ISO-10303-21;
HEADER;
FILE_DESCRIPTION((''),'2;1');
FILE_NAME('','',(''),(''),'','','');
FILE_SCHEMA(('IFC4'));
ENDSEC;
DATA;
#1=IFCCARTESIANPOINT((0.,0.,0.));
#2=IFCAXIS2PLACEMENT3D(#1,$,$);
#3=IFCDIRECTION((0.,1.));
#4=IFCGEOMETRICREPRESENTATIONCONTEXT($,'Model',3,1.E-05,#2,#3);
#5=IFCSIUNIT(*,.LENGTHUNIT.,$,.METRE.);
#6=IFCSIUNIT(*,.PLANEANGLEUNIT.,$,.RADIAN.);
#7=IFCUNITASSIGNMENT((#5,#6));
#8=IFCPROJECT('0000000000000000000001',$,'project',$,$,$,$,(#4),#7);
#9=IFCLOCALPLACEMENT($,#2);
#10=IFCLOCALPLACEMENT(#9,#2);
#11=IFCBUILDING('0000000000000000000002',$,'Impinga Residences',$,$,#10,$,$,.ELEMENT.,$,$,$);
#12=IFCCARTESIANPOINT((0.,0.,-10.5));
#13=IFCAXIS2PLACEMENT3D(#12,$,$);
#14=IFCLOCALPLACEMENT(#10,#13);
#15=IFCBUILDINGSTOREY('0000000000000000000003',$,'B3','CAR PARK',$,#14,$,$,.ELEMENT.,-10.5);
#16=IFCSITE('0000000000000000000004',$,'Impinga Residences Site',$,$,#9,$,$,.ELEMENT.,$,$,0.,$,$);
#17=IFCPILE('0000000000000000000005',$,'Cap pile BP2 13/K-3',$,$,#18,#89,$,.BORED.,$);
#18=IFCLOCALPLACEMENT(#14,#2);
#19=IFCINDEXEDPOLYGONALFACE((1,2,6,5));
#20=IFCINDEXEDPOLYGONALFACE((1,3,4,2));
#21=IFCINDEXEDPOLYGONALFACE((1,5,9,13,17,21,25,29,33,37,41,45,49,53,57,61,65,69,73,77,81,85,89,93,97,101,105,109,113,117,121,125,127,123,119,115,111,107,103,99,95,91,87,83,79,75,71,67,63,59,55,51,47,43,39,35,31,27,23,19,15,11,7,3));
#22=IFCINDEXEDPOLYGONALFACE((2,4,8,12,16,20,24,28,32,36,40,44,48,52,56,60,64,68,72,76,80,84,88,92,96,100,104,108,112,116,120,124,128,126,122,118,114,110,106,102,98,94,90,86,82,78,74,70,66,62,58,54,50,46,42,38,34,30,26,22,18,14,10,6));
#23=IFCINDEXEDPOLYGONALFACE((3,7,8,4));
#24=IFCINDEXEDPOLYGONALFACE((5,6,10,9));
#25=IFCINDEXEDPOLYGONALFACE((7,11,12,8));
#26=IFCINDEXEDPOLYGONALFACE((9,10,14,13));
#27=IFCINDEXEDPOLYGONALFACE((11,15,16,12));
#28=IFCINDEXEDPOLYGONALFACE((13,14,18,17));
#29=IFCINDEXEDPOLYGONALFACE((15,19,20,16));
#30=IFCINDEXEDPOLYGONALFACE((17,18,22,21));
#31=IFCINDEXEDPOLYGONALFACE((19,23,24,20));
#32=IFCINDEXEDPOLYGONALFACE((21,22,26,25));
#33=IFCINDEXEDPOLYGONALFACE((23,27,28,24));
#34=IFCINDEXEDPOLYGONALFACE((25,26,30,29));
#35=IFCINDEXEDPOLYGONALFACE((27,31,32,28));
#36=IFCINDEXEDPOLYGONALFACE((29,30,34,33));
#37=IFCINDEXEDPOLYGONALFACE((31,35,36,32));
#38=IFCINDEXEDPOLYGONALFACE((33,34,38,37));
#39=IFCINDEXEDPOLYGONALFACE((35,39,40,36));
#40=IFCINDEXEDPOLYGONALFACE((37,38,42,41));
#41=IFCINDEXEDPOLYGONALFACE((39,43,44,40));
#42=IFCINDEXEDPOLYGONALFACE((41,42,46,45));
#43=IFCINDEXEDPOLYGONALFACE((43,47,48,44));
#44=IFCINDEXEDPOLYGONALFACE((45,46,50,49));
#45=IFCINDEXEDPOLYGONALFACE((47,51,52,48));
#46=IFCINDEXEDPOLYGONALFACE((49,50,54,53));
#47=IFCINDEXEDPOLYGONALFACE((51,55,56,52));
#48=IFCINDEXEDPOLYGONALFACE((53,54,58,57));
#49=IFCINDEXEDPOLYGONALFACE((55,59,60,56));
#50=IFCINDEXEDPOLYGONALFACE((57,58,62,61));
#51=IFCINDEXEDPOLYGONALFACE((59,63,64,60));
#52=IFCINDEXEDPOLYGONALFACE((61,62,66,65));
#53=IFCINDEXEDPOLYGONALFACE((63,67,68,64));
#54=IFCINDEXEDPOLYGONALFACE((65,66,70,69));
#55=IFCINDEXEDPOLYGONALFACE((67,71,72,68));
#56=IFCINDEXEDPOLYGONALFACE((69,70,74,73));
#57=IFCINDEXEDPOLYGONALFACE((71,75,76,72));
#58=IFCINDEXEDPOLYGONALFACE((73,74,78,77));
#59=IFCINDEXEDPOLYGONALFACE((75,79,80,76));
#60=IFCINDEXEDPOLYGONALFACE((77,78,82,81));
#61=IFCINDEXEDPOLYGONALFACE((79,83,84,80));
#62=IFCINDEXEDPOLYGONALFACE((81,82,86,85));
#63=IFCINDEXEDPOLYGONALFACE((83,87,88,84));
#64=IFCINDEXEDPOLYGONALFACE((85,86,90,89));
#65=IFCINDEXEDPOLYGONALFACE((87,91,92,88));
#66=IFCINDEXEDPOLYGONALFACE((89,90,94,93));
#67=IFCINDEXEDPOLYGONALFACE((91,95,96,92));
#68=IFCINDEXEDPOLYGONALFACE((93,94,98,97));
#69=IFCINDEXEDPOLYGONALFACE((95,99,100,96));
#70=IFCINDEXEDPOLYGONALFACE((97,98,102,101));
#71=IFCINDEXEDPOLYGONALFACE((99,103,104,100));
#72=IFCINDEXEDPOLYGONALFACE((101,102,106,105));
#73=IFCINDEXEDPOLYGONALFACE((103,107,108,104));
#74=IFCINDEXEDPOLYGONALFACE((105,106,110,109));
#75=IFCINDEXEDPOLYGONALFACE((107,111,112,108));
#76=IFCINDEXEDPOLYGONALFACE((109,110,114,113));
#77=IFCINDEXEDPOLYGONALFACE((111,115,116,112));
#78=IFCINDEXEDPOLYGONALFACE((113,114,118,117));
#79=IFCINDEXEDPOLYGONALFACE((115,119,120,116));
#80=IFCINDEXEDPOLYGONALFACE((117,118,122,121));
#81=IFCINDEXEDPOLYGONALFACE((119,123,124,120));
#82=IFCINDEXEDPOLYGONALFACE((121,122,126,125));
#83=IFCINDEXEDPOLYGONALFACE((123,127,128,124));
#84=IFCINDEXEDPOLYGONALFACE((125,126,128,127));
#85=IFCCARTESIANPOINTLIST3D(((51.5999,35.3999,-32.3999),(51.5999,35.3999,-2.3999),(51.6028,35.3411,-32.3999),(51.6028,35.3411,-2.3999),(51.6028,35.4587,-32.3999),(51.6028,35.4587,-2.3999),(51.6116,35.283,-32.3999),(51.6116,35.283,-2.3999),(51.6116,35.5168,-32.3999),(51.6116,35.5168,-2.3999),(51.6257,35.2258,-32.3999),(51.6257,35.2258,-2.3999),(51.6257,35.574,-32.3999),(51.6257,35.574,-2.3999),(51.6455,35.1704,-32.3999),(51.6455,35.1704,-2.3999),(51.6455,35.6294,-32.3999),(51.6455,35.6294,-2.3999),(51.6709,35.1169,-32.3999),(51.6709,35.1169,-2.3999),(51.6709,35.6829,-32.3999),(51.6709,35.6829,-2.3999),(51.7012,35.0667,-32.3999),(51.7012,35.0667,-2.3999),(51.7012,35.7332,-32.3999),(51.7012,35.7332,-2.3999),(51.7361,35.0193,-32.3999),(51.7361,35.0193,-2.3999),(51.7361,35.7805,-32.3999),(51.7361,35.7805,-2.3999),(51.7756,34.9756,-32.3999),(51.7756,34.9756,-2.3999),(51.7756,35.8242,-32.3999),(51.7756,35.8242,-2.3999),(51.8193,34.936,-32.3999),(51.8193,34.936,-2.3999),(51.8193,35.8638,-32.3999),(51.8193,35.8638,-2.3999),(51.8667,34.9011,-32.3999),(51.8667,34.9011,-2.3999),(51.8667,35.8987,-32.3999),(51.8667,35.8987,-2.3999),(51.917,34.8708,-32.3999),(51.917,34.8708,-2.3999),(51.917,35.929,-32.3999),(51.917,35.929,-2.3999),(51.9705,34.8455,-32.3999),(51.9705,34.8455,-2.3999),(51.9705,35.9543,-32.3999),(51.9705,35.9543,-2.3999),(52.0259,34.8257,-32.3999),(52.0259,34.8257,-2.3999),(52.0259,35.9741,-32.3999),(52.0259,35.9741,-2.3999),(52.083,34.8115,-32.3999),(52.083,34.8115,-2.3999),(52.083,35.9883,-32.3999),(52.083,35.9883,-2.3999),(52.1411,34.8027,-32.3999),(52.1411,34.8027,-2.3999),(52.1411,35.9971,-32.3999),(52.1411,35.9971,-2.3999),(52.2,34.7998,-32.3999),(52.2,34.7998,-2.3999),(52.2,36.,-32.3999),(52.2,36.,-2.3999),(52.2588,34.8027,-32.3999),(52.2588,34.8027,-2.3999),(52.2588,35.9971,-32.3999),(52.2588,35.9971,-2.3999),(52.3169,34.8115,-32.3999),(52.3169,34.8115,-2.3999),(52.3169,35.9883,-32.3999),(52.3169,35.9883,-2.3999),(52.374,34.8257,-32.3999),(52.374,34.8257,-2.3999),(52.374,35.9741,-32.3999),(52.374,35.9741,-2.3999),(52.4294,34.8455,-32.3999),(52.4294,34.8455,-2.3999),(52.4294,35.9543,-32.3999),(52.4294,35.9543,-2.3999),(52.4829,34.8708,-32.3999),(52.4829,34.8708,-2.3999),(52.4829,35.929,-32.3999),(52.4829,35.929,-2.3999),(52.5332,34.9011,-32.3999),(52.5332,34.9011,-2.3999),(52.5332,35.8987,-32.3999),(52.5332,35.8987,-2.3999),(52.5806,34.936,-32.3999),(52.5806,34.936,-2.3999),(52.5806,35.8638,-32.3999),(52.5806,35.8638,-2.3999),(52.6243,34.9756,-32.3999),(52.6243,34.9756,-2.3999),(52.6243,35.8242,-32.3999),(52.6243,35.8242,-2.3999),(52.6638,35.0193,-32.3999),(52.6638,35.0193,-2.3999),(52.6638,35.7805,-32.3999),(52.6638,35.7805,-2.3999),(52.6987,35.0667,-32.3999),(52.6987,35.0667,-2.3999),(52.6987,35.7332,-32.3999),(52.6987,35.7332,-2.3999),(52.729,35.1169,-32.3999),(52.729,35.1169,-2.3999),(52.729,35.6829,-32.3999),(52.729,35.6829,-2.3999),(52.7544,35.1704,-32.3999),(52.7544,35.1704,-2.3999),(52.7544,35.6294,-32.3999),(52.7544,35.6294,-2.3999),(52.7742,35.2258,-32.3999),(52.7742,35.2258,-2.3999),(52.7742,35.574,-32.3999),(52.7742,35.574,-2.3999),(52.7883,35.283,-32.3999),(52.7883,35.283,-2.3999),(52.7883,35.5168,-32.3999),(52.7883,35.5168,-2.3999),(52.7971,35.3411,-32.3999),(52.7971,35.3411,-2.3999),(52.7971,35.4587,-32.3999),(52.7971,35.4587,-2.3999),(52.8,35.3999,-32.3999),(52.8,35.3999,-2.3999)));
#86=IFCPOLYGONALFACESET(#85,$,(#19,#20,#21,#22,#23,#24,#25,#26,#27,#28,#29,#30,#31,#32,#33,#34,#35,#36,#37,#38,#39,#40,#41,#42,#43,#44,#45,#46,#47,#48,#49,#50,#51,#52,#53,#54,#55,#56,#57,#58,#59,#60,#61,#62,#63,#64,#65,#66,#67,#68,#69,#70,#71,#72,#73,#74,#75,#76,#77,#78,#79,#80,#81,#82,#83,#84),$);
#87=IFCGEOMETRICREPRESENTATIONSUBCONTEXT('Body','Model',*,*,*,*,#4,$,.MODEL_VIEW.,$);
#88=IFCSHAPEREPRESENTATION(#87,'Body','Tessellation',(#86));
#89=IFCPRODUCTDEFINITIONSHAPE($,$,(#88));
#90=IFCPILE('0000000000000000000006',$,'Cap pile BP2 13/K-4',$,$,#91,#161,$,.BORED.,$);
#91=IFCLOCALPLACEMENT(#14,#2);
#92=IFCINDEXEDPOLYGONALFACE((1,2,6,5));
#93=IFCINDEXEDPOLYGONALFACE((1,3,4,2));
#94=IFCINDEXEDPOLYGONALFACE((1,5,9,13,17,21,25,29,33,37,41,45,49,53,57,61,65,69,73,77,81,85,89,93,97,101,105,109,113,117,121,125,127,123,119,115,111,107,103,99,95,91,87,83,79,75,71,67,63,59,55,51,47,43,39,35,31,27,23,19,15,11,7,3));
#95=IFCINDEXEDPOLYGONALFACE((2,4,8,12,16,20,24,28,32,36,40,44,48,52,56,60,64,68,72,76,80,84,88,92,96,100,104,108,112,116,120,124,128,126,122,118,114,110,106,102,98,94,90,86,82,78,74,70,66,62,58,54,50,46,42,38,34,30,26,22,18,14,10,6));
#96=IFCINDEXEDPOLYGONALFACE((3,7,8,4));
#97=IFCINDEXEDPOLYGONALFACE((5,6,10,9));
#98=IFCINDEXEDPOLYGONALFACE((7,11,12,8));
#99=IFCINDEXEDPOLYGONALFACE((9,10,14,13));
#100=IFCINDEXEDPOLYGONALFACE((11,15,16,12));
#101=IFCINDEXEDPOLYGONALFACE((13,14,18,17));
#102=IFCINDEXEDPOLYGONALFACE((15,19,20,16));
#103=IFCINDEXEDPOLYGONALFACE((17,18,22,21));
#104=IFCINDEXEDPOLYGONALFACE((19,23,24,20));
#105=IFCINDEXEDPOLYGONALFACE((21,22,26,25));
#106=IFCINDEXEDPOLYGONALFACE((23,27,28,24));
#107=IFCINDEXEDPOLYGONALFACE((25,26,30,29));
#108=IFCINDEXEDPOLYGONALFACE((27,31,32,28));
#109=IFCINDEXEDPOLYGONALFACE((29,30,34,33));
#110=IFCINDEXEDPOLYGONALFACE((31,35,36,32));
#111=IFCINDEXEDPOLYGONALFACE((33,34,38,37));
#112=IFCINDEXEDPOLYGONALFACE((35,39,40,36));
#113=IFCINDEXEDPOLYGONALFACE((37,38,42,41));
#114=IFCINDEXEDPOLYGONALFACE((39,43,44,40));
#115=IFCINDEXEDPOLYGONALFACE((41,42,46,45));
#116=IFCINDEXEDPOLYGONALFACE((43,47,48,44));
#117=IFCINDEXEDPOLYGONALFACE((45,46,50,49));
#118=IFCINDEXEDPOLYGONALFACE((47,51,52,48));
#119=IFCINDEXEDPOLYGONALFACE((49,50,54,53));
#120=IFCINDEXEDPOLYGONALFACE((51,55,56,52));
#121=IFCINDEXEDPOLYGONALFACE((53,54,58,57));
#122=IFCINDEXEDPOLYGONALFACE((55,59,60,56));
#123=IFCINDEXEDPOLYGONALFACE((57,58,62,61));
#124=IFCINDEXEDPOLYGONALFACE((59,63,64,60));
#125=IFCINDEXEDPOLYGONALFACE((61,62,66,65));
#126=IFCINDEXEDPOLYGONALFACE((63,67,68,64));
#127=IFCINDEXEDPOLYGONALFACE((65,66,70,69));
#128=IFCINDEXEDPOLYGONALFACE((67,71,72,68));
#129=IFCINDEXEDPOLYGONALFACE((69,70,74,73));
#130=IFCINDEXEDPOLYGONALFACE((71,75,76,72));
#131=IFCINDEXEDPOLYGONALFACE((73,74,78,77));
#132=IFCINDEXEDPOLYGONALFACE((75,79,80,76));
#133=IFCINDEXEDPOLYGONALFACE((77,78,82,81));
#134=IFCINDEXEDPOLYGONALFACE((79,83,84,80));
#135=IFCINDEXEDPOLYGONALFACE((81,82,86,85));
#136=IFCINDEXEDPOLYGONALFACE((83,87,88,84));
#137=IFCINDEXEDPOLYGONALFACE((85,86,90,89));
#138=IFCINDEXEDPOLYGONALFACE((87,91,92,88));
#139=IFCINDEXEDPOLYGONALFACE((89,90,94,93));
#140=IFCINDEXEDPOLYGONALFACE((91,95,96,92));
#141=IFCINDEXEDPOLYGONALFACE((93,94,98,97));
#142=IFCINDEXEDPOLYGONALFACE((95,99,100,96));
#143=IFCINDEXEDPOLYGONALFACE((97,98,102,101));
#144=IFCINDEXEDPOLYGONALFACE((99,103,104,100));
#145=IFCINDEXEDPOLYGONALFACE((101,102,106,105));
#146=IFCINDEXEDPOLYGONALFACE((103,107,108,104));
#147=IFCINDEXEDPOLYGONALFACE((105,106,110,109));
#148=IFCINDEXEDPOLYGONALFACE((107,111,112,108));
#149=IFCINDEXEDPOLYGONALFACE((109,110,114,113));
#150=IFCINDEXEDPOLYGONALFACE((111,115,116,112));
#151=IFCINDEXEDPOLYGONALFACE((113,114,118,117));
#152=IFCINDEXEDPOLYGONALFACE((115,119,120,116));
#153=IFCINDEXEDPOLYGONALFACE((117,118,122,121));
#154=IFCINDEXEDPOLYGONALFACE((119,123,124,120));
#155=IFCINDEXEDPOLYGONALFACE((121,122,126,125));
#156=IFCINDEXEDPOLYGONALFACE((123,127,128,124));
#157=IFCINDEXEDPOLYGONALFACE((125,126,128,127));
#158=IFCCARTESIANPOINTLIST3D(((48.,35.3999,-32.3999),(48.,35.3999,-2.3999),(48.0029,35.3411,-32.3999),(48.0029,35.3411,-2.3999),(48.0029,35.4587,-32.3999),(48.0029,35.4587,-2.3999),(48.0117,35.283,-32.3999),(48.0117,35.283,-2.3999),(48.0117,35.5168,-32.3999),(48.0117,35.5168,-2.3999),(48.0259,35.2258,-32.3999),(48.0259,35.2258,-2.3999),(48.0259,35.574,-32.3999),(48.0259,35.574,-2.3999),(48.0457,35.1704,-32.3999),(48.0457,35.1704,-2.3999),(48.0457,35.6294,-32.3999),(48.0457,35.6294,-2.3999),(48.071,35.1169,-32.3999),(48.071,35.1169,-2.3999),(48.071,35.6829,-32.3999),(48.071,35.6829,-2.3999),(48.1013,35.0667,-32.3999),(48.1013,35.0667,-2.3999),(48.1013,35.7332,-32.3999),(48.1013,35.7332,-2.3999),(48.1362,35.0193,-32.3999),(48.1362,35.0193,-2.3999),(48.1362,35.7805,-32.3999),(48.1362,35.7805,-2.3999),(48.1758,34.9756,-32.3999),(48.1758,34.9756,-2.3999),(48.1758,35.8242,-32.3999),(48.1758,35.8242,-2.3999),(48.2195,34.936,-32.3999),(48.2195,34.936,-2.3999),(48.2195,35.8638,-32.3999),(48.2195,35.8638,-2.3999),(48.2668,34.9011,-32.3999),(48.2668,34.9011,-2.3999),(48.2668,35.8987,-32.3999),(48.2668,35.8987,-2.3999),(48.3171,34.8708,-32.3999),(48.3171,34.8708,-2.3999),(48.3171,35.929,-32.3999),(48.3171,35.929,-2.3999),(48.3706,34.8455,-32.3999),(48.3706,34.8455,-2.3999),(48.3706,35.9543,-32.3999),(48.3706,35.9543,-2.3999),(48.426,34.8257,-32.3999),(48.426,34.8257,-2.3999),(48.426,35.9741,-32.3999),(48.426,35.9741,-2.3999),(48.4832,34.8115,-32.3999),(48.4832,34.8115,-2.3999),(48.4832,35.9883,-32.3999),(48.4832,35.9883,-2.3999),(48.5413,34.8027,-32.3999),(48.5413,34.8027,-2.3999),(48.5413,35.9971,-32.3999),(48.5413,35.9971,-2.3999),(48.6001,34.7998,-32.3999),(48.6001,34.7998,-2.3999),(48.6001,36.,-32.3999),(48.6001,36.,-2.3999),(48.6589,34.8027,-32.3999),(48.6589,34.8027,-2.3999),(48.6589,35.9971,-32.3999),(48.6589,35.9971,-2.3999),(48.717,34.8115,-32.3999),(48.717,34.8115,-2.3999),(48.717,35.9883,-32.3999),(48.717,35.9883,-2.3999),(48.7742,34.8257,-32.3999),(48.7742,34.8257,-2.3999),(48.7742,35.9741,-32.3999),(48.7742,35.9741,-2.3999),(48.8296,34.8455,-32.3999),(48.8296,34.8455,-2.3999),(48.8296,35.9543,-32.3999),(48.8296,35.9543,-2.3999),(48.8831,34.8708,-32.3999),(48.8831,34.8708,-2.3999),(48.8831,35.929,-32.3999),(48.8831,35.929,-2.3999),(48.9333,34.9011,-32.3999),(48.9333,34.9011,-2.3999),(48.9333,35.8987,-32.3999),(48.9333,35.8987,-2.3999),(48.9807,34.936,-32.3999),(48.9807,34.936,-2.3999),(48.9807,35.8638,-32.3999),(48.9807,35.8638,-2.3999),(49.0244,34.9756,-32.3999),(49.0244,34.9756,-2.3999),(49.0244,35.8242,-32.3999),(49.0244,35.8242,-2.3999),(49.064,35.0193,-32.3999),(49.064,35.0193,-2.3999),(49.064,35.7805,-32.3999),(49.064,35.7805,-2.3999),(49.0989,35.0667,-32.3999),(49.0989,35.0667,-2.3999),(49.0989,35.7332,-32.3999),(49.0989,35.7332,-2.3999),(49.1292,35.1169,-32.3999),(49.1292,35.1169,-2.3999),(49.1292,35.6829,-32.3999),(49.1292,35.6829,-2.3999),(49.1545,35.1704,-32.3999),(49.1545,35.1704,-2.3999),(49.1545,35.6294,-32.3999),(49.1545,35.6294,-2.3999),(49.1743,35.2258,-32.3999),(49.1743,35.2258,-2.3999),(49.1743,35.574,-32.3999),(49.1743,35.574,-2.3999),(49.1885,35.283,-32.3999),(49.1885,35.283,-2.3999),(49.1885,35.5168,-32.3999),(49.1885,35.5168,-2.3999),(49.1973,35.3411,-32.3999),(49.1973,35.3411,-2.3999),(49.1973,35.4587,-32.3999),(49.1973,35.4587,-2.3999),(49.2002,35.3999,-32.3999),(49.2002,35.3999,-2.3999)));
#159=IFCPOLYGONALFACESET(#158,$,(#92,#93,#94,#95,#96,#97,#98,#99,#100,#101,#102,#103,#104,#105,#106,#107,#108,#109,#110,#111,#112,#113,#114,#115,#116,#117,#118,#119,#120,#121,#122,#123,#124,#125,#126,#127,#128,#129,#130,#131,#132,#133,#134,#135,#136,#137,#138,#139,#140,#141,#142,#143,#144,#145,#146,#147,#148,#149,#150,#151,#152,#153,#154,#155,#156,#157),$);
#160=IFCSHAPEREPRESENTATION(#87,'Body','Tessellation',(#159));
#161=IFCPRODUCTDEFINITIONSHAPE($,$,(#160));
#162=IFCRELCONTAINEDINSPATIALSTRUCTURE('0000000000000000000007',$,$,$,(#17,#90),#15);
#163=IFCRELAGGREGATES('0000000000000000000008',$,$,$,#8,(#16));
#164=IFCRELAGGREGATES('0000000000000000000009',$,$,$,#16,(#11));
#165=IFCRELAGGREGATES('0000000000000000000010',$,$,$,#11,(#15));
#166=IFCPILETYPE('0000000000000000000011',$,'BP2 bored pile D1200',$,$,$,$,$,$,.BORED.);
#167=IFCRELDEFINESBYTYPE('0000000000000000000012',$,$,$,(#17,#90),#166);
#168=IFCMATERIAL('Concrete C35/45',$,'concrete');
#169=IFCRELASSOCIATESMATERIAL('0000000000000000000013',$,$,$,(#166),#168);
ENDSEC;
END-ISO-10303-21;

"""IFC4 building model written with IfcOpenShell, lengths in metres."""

from ifc_helpers import new_model, si_unit, direction, frame, origin, origin_2d, place, context, subcontext, project, spatial, polyline, circle, outline, extrude, material, material_profile, profile_set, type_object, element, save


model = new_model("IFC4")

# Units and contexts
model_context = context("Model", 3, precision=1e-05, world=origin(), true_north=direction((0.0, 1.0)))
body_context = subcontext(model_context, "Body", "Model", "MODEL_VIEW")
ifc_project = project(units=[si_unit("LENGTHUNIT", "METRE"), si_unit("PLANEANGLEUNIT", "RADIAN")], contexts=[model_context])

# Site, building, storey
site_placement = place(None, origin())
site = spatial("IfcSite", under=ifc_project, at=site_placement, Name="Impinga Residences Site", CompositionType="ELEMENT", RefElevation=0.0)
building_placement = place(site_placement, origin())
building = spatial("IfcBuilding", under=site, at=building_placement, Name="Impinga Residences", CompositionType="ELEMENT")
storey_placement = place(building_placement, frame((0.0, 0.0, -10.5)))
storey = spatial("IfcBuildingStorey", under=building, at=storey_placement, Name="B3", Description="CAR PARK", CompositionType="ELEMENT", Elevation=-10.5)

# Piles
ifc_material_1 = material(Name="Concrete C35/45", Category="concrete")
ifc_material_profile_1 = material_profile(ifc_material_1, circle(Radius=0.6001, at=origin_2d()), Name="D1200")
ifc_profile_set_1 = profile_set([ifc_material_profile_1], Name="Concrete C35/45")
pile_type = type_object("IfcPileType", Name="BP2 bored pile D1200", PredefinedType="BORED", material=ifc_profile_set_1)
pile_1_placement = place(storey_placement, frame((52.2, 35.3999, -2.3999), z_axis=(0.0, 0.0, -1.0), x_axis=(1.0, 0.0, 0.0)))
element("IfcPile", 1, at=pile_1_placement, inside=storey, type_object=pile_type, Name="Cap pile BP2 13/K-3", PredefinedType="BORED", context=body_context, shape_type="SweptSolid", body=[
    extrude(outline(polyline([(0.6001, 0.0), (0.5972, 0.0588), (0.5884, 0.1169), (0.5742, 0.1741), (0.5544, 0.2295), (0.5291, 0.283), (0.4988, 0.3333), (0.4639, 0.3806), (0.4243, 0.4243), (0.3806, 0.4639), (0.3333, 0.4988), (0.283, 0.5291), (0.2295, 0.5544), (0.1741, 0.5742), (0.1169, 0.5884), (0.0588, 0.5972), (0.0, 0.6001), (-0.0588, 0.5972), (-0.1169, 0.5884), (-0.1741, 0.5742), (-0.2295, 0.5544), (-0.283, 0.5291), (-0.3333, 0.4988), (-0.3806, 0.4639), (-0.4243, 0.4243), (-0.4639, 0.3806), (-0.4988, 0.3333), (-0.5291, 0.283), (-0.5544, 0.2295), (-0.5742, 0.1741), (-0.5884, 0.1169), (-0.5972, 0.0588), (-0.6001, 0.0), (-0.5972, -0.0588), (-0.5884, -0.1169), (-0.5742, -0.1741), (-0.5544, -0.2295), (-0.5291, -0.283), (-0.4988, -0.3333), (-0.4639, -0.3806), (-0.4243, -0.4243), (-0.3806, -0.4639), (-0.3333, -0.4988), (-0.283, -0.5291), (-0.2295, -0.5544), (-0.1741, -0.5742), (-0.1169, -0.5884), (-0.0588, -0.5972), (0.0, -0.6001), (0.0588, -0.5972), (0.1169, -0.5884), (0.1741, -0.5742), (0.2295, -0.5544), (0.283, -0.5291), (0.3333, -0.4988), (0.3806, -0.4639), (0.4243, -0.4243), (0.4639, -0.3806), (0.4988, -0.3333), (0.5291, -0.283), (0.5544, -0.2295), (0.5742, -0.1741), (0.5884, -0.1169), (0.5972, -0.0588), (0.6001, 0.0)])), origin(), (0.0, 0.0, 1.0), 30.0),
])
pile_2_placement = place(storey_placement, frame((48.6001, 35.3999, -2.3999), z_axis=(0.0, 0.0, -1.0), x_axis=(1.0, 0.0, 0.0)))
element("IfcPile", 2, at=pile_2_placement, inside=storey, type_object=pile_type, Name="Cap pile BP2 13/K-4", PredefinedType="BORED", context=body_context, shape_type="SweptSolid", body=[
    extrude(outline(polyline([(0.6001, 0.0), (0.5972, 0.0588), (0.5884, 0.1169), (0.5742, 0.1741), (0.5544, 0.2295), (0.5291, 0.283), (0.4988, 0.3333), (0.4639, 0.3806), (0.4243, 0.4243), (0.3806, 0.4639), (0.3333, 0.4988), (0.283, 0.5291), (0.2295, 0.5544), (0.1741, 0.5742), (0.1169, 0.5884), (0.0588, 0.5972), (0.0, 0.6001), (-0.0588, 0.5972), (-0.1169, 0.5884), (-0.1741, 0.5742), (-0.2295, 0.5544), (-0.283, 0.5291), (-0.3333, 0.4988), (-0.3806, 0.4639), (-0.4243, 0.4243), (-0.4639, 0.3806), (-0.4988, 0.3333), (-0.5291, 0.283), (-0.5544, 0.2295), (-0.5742, 0.1741), (-0.5884, 0.1169), (-0.5972, 0.0588), (-0.6001, 0.0), (-0.5972, -0.0588), (-0.5884, -0.1169), (-0.5742, -0.1741), (-0.5544, -0.2295), (-0.5291, -0.283), (-0.4988, -0.3333), (-0.4639, -0.3806), (-0.4243, -0.4243), (-0.3806, -0.4639), (-0.3333, -0.4988), (-0.283, -0.5291), (-0.2295, -0.5544), (-0.1741, -0.5742), (-0.1169, -0.5884), (-0.0588, -0.5972), (0.0, -0.6001), (0.0588, -0.5972), (0.1169, -0.5884), (0.1741, -0.5742), (0.2295, -0.5544), (0.283, -0.5291), (0.3333, -0.4988), (0.3806, -0.4639), (0.4243, -0.4243), (0.4639, -0.3806), (0.4988, -0.3333), (0.5291, -0.283), (0.5544, -0.2295), (0.5742, -0.1741), (0.5884, -0.1169), (0.5972, -0.0588), (0.6001, 0.0)])), origin(), (0.0, 0.0, 1.0), 30.0),
])

save(model, "model.ifc")
